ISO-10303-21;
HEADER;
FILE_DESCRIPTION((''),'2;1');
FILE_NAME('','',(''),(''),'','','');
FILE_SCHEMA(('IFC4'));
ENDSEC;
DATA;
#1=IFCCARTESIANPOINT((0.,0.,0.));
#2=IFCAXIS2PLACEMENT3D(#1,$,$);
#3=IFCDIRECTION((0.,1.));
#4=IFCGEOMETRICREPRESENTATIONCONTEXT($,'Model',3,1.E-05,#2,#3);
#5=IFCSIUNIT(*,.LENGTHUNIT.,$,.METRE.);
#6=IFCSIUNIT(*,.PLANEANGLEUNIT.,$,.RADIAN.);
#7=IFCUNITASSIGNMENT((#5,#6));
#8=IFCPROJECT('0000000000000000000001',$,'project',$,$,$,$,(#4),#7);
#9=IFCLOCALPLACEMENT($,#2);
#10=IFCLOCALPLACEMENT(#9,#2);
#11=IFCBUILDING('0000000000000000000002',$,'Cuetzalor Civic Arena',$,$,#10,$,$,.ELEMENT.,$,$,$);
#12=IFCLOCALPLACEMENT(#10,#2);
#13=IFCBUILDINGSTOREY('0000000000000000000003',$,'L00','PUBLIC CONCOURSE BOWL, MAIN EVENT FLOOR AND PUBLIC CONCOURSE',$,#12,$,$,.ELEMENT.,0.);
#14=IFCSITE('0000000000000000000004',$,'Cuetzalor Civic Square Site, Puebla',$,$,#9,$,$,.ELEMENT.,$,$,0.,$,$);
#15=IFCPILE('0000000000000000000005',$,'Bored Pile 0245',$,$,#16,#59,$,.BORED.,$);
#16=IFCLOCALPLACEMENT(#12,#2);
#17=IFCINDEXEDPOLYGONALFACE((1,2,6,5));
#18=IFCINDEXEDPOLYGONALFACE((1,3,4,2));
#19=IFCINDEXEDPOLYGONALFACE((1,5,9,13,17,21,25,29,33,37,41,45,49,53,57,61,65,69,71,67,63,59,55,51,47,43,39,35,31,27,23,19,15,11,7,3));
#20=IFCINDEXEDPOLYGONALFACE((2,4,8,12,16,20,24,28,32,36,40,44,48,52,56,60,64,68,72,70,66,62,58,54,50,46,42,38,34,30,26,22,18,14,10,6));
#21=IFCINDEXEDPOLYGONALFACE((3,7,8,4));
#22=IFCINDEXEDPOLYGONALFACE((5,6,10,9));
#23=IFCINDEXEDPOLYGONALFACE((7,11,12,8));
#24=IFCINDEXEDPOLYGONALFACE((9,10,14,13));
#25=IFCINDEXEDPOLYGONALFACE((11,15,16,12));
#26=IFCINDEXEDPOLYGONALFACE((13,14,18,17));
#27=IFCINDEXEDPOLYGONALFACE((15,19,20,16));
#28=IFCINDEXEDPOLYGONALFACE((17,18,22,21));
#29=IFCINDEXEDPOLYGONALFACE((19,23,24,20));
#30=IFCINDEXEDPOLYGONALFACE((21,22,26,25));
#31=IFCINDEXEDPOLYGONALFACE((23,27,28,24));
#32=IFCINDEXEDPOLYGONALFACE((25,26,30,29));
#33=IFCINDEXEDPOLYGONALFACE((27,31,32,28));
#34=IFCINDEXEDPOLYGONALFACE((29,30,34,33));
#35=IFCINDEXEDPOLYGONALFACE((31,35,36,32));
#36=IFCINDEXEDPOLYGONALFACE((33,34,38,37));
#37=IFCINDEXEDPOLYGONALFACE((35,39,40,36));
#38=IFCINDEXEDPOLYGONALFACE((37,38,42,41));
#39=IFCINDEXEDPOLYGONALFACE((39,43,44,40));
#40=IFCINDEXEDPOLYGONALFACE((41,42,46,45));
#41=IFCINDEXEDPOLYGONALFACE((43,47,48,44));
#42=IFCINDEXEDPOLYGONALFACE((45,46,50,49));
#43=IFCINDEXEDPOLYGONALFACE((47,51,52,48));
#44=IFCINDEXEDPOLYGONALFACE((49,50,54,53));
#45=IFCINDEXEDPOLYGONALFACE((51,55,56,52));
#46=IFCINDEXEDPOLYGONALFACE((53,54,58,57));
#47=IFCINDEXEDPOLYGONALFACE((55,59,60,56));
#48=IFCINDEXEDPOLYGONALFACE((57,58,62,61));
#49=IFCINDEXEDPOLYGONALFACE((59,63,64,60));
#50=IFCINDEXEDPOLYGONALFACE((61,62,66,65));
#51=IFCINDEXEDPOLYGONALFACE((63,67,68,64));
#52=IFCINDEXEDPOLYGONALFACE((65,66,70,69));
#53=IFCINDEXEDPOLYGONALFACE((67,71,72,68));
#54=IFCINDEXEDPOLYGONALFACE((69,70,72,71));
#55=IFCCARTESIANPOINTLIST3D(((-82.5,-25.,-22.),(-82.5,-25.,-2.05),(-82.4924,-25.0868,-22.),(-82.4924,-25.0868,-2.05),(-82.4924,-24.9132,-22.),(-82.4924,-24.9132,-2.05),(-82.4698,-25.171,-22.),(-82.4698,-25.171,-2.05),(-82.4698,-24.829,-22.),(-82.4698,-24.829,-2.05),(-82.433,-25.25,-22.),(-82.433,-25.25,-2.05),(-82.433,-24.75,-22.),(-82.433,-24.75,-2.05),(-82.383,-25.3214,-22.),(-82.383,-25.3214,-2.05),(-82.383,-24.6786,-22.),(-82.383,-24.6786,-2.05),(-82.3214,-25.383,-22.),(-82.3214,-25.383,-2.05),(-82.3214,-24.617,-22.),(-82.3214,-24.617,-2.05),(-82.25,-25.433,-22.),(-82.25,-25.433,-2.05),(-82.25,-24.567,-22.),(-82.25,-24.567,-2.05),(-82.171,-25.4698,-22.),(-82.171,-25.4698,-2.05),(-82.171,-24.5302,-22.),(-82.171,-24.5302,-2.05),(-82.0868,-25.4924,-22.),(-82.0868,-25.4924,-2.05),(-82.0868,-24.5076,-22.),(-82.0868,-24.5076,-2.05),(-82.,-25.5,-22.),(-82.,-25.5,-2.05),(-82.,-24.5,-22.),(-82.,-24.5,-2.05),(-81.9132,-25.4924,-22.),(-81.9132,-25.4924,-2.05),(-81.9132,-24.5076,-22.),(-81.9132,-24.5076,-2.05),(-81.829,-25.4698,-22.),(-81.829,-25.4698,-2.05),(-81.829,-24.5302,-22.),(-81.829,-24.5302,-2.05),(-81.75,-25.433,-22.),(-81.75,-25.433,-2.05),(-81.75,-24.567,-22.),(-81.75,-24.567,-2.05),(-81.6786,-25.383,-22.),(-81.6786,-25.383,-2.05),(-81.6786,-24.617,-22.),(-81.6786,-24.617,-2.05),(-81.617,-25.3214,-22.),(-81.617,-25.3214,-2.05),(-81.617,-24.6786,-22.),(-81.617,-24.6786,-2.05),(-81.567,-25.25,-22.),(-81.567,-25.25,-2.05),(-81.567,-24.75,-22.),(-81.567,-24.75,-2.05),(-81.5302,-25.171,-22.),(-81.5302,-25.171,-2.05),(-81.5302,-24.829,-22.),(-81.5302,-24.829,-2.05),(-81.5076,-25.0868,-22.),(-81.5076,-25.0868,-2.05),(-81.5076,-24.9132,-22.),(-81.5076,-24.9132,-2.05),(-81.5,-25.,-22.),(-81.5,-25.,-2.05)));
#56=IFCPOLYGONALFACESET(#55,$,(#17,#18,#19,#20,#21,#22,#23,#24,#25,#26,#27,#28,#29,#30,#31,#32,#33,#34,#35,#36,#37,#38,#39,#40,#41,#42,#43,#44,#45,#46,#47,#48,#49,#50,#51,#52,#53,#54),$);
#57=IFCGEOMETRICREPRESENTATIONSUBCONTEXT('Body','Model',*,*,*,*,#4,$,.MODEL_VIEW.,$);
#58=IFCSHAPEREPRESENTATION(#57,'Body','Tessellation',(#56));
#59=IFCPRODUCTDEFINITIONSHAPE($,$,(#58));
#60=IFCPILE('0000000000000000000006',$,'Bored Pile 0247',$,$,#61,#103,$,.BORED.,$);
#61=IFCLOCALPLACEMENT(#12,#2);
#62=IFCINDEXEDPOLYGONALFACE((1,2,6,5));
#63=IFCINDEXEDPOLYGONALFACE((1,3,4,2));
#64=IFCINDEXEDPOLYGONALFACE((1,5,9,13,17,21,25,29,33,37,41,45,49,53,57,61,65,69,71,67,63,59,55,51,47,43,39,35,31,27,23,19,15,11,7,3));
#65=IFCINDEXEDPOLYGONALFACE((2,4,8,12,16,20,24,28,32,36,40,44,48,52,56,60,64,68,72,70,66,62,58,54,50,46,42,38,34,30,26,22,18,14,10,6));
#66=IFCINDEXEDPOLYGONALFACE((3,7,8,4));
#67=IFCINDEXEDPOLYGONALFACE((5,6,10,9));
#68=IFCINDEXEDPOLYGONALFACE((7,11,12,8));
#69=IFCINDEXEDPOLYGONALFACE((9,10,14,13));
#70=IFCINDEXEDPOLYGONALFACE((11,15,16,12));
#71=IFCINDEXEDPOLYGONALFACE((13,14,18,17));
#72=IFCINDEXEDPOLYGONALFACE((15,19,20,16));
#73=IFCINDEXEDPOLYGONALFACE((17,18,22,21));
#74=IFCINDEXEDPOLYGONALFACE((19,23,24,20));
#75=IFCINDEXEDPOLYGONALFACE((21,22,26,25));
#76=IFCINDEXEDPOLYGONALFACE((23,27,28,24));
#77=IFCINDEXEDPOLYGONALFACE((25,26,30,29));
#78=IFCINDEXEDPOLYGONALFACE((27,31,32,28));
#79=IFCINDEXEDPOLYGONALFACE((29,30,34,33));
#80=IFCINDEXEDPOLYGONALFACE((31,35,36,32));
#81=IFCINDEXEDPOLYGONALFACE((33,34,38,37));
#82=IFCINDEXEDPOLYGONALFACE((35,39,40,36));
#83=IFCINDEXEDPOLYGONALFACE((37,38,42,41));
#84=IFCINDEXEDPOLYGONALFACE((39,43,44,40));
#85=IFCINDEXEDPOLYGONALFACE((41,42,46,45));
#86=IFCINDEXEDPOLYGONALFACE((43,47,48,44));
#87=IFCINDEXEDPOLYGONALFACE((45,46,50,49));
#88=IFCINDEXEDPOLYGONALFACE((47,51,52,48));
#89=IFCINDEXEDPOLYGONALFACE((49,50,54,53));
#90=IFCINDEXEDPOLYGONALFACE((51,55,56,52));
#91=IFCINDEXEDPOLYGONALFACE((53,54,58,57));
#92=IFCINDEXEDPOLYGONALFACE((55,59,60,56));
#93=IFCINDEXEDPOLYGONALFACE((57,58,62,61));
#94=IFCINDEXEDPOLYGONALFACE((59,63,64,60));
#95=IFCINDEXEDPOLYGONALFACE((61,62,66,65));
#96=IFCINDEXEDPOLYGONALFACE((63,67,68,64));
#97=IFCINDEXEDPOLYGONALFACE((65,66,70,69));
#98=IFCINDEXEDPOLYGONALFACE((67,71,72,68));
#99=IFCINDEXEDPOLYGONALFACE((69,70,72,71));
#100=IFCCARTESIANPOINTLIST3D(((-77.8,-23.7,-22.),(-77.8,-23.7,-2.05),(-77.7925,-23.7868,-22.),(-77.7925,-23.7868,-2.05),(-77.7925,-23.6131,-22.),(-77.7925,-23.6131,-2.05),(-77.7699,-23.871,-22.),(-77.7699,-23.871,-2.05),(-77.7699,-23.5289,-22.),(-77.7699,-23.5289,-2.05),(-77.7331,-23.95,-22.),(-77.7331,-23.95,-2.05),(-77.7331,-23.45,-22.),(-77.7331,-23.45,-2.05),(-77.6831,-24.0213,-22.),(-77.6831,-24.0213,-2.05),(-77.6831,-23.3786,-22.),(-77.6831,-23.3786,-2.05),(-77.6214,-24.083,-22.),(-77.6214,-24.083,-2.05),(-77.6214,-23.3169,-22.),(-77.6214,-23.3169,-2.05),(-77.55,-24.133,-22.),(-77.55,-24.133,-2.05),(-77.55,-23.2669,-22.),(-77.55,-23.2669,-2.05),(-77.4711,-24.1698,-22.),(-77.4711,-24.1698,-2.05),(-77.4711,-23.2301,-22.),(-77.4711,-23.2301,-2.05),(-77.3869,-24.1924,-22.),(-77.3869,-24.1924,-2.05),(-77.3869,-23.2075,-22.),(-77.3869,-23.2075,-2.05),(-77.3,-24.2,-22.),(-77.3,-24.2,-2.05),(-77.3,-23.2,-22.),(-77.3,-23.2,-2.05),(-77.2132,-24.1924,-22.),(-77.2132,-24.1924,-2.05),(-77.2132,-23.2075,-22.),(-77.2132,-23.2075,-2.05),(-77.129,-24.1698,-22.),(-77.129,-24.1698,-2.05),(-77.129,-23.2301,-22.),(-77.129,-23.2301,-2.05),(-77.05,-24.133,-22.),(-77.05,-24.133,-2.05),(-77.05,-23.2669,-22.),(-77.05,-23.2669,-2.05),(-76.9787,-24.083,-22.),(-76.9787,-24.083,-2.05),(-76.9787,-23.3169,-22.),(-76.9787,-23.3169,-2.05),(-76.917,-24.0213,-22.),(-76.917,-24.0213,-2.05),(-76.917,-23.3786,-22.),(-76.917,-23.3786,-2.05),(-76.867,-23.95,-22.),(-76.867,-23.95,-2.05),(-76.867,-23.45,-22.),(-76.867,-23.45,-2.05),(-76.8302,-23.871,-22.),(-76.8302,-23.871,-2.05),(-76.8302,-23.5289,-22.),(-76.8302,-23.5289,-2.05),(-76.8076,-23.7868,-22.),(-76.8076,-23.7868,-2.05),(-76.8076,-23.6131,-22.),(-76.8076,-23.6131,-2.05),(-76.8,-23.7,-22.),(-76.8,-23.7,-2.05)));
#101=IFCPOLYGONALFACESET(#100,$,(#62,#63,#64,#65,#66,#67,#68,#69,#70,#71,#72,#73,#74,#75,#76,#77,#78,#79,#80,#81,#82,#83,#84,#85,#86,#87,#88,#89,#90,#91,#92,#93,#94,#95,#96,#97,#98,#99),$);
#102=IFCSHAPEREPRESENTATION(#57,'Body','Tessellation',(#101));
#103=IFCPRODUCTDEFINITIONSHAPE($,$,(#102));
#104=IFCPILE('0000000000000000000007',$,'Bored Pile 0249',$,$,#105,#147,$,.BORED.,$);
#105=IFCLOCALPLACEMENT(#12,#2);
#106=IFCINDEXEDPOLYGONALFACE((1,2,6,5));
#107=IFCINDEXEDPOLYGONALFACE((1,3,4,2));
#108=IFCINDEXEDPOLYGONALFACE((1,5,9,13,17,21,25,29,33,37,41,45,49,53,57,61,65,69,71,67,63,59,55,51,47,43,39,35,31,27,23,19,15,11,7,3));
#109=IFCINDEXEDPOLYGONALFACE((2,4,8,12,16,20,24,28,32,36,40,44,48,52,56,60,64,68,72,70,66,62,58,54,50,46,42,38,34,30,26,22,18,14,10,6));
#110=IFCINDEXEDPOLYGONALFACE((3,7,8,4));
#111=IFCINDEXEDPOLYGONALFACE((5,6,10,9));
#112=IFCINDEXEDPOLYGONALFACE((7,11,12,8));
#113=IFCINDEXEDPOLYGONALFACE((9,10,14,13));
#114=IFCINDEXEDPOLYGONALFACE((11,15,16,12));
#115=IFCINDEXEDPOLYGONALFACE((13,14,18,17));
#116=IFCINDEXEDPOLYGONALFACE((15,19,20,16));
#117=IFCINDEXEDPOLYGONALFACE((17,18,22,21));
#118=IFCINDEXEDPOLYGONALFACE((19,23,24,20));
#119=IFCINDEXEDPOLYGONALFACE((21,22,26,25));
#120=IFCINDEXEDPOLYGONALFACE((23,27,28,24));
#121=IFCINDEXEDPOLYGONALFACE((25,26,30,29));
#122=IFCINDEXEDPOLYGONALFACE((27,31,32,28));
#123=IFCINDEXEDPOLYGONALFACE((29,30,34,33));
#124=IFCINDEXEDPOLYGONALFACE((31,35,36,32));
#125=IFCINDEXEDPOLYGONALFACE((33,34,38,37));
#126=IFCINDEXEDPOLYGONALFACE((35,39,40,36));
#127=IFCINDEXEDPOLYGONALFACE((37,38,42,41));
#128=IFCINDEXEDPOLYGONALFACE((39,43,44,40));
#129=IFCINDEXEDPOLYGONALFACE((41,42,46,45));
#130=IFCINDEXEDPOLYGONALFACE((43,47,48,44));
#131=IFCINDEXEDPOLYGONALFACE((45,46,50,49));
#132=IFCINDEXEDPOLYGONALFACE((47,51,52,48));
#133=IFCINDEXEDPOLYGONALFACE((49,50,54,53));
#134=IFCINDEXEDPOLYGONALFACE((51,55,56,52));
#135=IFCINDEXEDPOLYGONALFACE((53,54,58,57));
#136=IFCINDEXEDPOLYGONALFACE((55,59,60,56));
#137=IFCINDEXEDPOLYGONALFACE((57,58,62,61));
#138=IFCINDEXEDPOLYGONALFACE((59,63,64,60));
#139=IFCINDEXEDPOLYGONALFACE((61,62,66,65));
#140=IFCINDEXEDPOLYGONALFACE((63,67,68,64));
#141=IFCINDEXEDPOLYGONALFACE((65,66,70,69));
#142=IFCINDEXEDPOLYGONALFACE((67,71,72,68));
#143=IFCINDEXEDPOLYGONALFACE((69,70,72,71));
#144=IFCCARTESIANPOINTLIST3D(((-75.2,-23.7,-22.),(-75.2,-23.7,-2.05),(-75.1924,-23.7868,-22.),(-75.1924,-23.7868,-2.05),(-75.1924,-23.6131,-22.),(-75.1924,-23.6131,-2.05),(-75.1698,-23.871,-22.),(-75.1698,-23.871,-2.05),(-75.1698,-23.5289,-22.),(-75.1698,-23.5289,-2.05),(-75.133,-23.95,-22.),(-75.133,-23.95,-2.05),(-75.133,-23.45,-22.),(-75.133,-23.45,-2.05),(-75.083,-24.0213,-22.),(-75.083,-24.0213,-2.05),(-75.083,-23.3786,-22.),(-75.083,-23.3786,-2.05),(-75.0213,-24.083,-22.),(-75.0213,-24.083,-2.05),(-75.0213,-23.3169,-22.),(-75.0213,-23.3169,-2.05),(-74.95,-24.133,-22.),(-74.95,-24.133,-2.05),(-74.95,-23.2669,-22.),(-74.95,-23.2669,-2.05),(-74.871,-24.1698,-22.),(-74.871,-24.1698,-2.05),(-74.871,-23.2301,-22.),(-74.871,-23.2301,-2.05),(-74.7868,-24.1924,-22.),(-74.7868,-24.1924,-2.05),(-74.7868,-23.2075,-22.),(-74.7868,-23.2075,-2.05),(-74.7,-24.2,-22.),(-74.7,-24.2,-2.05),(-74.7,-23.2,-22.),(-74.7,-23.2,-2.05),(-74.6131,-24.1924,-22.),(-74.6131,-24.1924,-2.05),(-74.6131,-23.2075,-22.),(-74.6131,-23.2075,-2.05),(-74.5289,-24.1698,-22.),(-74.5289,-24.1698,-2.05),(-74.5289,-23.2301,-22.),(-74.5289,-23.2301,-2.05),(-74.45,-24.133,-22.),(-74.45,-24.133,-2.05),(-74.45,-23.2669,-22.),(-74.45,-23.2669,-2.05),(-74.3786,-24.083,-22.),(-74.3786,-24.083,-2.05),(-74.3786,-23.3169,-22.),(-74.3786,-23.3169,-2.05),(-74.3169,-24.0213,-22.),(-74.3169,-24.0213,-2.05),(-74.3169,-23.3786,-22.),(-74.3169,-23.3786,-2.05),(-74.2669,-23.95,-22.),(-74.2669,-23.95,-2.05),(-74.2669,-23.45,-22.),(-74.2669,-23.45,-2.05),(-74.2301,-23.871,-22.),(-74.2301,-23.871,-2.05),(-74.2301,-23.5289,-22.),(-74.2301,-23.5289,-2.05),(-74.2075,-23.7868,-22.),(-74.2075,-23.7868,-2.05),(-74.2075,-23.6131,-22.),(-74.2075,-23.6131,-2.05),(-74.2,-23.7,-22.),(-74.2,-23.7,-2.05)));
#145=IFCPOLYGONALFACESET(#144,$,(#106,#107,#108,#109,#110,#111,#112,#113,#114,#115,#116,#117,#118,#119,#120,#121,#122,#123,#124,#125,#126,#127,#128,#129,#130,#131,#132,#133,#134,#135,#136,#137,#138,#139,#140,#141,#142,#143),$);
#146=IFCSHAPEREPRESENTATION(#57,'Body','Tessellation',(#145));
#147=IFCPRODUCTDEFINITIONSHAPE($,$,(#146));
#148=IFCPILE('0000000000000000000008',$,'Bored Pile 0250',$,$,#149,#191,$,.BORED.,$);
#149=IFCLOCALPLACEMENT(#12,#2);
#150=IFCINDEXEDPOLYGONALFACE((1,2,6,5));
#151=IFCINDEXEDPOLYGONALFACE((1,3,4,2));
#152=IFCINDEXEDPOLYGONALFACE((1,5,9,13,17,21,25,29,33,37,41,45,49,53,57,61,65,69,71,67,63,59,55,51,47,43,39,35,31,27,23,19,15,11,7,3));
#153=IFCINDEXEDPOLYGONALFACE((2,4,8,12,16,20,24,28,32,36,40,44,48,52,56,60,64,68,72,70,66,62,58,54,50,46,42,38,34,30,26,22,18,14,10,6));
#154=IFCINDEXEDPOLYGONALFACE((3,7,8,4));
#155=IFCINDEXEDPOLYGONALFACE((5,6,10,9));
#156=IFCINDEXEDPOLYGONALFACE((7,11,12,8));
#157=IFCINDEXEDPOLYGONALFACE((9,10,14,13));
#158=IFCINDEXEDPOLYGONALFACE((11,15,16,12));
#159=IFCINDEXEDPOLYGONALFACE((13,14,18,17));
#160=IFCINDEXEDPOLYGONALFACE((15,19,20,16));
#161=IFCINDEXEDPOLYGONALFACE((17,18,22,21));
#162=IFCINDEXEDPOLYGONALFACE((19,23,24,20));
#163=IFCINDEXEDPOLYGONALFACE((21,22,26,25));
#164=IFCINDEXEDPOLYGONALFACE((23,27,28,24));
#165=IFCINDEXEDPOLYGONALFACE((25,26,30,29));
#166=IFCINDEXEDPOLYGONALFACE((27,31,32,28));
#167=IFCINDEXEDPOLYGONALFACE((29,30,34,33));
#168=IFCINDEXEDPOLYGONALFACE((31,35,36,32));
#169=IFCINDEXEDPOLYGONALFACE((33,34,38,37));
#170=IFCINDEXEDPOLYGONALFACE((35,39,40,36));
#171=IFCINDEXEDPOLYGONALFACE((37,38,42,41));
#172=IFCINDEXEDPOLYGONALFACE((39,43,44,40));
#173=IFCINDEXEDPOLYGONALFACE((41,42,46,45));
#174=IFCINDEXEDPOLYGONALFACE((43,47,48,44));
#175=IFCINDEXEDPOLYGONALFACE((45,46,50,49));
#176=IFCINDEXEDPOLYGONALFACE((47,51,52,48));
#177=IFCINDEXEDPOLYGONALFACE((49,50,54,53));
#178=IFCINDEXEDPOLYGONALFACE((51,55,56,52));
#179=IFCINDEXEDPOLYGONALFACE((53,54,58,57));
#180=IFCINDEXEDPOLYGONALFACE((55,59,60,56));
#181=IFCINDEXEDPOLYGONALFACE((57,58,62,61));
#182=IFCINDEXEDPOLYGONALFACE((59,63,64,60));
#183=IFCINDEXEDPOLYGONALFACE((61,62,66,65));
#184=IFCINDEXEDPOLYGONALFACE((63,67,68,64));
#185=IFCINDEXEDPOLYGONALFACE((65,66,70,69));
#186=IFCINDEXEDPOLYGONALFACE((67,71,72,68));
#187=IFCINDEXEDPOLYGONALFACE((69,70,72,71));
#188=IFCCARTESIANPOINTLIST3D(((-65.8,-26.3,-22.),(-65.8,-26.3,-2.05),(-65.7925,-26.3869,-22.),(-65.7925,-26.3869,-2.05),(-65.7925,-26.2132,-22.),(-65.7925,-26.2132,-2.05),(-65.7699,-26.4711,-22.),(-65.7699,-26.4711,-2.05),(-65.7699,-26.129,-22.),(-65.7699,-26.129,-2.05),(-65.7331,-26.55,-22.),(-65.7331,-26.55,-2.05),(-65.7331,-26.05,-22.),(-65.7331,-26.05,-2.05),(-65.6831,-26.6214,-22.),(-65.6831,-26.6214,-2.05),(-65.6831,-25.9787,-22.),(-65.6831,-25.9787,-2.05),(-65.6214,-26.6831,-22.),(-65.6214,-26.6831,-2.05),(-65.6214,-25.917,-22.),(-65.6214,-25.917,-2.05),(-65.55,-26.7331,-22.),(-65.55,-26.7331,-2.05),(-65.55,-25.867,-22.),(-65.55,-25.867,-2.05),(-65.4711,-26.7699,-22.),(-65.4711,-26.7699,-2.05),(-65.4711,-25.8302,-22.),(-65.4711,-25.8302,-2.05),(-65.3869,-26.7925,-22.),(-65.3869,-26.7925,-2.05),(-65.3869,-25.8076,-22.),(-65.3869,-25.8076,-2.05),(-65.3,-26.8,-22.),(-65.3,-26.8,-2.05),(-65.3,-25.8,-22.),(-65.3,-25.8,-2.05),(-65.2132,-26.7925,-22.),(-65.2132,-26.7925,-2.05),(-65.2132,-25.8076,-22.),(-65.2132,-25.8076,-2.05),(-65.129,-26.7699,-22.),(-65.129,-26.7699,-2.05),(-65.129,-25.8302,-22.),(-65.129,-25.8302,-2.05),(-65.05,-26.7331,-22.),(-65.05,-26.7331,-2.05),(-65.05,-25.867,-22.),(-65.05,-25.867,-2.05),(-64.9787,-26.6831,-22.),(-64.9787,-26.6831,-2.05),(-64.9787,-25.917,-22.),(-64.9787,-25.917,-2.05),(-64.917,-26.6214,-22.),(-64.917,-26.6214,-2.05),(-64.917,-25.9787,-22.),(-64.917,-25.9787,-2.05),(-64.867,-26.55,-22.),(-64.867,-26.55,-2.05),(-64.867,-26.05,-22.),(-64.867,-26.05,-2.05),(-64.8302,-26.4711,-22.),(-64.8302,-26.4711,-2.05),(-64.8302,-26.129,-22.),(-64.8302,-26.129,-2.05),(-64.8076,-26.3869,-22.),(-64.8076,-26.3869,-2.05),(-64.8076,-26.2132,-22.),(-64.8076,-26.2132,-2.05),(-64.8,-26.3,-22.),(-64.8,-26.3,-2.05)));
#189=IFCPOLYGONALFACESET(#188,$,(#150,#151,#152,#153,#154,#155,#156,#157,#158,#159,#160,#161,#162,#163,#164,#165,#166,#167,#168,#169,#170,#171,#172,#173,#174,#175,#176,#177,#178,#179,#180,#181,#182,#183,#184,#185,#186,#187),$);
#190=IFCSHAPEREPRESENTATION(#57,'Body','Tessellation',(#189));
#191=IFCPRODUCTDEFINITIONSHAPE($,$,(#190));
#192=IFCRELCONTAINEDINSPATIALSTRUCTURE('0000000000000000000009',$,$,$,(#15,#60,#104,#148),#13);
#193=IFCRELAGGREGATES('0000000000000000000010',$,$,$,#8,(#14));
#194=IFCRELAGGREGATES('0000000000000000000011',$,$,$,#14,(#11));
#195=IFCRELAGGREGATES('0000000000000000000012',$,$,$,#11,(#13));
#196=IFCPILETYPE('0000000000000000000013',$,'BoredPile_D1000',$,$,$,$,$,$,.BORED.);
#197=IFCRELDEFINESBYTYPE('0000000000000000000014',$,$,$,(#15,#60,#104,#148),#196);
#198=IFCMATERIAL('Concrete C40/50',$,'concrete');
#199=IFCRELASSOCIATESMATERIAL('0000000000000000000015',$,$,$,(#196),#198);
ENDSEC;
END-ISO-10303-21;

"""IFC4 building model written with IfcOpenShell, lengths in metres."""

from ifc_helpers import new_model, si_unit, direction, frame, origin, origin_2d, place, context, subcontext, project, spatial, circle, extrude, material, material_profile, profile_set, type_object, element, save


model = new_model("IFC4")

# Units and contexts
model_context = context("Model", 3, precision=1e-05, world=origin(), true_north=direction((0.0, 1.0)))
body_context = subcontext(model_context, "Body", "Model", "MODEL_VIEW")
ifc_project = project(units=[si_unit("LENGTHUNIT", "METRE"), si_unit("PLANEANGLEUNIT", "RADIAN")], contexts=[model_context])

# Site, building, storey
site_placement = place(None, origin())
site = spatial("IfcSite", under=ifc_project, at=site_placement, Name="Cuetzalor Civic Square Site, Puebla", CompositionType="ELEMENT", RefElevation=0.0)
building_placement = place(site_placement, origin())
building = spatial("IfcBuilding", under=site, at=building_placement, Name="Cuetzalor Civic Arena", CompositionType="ELEMENT")
storey_placement = place(building_placement, origin())
storey = spatial("IfcBuildingStorey", under=building, at=storey_placement, Name="L00", Description="PUBLIC CONCOURSE BOWL, MAIN EVENT FLOOR AND PUBLIC CONCOURSE", CompositionType="ELEMENT", Elevation=0.0)

# Piles
ifc_material_1 = material(Name="Concrete C40/50", Category="concrete")
ifc_material_profile_1 = material_profile(ifc_material_1, circle(Radius=0.5, at=origin_2d()), Name="BORED PILE D1000")
ifc_profile_set_1 = profile_set([ifc_material_profile_1], Name="Concrete C40/50")
pile_type = type_object("IfcPileType", Name="BoredPile_D1000", PredefinedType="BORED", material=ifc_profile_set_1)
for number, where, z_axis, x_axis, name in (
    (1, (-82.0, -25.0, -2.05), (0.0, 0.0, -1.0), (1.0, 0.0, 0.0), "Bored Pile 0245"),
    (2, (-77.3, -23.7, -2.05), (0.0, 0.0, -1.0), (1.0, 0.0, 0.0), "Bored Pile 0247"),
    (3, (-74.7, -23.7, -2.05), (0.0, 0.0, -1.0), (1.0, 0.0, 0.0), "Bored Pile 0249"),
    (4, (-65.3, -26.3, -2.05), (0.0, 0.0, -1.0), (1.0, 0.0, 0.0), "Bored Pile 0250"),
):
    element("IfcPile", number, at=place(storey_placement, frame(where, z_axis=z_axis, x_axis=x_axis)), inside=storey, type_object=pile_type, Name=name, PredefinedType="BORED", context=body_context, shape_type="SweptSolid", body=[
        extrude(circle(Radius=0.5, at=origin_2d()), origin(), (0.0, 0.0, 1.0), 19.95),
    ])

save(model, "model.ifc")
